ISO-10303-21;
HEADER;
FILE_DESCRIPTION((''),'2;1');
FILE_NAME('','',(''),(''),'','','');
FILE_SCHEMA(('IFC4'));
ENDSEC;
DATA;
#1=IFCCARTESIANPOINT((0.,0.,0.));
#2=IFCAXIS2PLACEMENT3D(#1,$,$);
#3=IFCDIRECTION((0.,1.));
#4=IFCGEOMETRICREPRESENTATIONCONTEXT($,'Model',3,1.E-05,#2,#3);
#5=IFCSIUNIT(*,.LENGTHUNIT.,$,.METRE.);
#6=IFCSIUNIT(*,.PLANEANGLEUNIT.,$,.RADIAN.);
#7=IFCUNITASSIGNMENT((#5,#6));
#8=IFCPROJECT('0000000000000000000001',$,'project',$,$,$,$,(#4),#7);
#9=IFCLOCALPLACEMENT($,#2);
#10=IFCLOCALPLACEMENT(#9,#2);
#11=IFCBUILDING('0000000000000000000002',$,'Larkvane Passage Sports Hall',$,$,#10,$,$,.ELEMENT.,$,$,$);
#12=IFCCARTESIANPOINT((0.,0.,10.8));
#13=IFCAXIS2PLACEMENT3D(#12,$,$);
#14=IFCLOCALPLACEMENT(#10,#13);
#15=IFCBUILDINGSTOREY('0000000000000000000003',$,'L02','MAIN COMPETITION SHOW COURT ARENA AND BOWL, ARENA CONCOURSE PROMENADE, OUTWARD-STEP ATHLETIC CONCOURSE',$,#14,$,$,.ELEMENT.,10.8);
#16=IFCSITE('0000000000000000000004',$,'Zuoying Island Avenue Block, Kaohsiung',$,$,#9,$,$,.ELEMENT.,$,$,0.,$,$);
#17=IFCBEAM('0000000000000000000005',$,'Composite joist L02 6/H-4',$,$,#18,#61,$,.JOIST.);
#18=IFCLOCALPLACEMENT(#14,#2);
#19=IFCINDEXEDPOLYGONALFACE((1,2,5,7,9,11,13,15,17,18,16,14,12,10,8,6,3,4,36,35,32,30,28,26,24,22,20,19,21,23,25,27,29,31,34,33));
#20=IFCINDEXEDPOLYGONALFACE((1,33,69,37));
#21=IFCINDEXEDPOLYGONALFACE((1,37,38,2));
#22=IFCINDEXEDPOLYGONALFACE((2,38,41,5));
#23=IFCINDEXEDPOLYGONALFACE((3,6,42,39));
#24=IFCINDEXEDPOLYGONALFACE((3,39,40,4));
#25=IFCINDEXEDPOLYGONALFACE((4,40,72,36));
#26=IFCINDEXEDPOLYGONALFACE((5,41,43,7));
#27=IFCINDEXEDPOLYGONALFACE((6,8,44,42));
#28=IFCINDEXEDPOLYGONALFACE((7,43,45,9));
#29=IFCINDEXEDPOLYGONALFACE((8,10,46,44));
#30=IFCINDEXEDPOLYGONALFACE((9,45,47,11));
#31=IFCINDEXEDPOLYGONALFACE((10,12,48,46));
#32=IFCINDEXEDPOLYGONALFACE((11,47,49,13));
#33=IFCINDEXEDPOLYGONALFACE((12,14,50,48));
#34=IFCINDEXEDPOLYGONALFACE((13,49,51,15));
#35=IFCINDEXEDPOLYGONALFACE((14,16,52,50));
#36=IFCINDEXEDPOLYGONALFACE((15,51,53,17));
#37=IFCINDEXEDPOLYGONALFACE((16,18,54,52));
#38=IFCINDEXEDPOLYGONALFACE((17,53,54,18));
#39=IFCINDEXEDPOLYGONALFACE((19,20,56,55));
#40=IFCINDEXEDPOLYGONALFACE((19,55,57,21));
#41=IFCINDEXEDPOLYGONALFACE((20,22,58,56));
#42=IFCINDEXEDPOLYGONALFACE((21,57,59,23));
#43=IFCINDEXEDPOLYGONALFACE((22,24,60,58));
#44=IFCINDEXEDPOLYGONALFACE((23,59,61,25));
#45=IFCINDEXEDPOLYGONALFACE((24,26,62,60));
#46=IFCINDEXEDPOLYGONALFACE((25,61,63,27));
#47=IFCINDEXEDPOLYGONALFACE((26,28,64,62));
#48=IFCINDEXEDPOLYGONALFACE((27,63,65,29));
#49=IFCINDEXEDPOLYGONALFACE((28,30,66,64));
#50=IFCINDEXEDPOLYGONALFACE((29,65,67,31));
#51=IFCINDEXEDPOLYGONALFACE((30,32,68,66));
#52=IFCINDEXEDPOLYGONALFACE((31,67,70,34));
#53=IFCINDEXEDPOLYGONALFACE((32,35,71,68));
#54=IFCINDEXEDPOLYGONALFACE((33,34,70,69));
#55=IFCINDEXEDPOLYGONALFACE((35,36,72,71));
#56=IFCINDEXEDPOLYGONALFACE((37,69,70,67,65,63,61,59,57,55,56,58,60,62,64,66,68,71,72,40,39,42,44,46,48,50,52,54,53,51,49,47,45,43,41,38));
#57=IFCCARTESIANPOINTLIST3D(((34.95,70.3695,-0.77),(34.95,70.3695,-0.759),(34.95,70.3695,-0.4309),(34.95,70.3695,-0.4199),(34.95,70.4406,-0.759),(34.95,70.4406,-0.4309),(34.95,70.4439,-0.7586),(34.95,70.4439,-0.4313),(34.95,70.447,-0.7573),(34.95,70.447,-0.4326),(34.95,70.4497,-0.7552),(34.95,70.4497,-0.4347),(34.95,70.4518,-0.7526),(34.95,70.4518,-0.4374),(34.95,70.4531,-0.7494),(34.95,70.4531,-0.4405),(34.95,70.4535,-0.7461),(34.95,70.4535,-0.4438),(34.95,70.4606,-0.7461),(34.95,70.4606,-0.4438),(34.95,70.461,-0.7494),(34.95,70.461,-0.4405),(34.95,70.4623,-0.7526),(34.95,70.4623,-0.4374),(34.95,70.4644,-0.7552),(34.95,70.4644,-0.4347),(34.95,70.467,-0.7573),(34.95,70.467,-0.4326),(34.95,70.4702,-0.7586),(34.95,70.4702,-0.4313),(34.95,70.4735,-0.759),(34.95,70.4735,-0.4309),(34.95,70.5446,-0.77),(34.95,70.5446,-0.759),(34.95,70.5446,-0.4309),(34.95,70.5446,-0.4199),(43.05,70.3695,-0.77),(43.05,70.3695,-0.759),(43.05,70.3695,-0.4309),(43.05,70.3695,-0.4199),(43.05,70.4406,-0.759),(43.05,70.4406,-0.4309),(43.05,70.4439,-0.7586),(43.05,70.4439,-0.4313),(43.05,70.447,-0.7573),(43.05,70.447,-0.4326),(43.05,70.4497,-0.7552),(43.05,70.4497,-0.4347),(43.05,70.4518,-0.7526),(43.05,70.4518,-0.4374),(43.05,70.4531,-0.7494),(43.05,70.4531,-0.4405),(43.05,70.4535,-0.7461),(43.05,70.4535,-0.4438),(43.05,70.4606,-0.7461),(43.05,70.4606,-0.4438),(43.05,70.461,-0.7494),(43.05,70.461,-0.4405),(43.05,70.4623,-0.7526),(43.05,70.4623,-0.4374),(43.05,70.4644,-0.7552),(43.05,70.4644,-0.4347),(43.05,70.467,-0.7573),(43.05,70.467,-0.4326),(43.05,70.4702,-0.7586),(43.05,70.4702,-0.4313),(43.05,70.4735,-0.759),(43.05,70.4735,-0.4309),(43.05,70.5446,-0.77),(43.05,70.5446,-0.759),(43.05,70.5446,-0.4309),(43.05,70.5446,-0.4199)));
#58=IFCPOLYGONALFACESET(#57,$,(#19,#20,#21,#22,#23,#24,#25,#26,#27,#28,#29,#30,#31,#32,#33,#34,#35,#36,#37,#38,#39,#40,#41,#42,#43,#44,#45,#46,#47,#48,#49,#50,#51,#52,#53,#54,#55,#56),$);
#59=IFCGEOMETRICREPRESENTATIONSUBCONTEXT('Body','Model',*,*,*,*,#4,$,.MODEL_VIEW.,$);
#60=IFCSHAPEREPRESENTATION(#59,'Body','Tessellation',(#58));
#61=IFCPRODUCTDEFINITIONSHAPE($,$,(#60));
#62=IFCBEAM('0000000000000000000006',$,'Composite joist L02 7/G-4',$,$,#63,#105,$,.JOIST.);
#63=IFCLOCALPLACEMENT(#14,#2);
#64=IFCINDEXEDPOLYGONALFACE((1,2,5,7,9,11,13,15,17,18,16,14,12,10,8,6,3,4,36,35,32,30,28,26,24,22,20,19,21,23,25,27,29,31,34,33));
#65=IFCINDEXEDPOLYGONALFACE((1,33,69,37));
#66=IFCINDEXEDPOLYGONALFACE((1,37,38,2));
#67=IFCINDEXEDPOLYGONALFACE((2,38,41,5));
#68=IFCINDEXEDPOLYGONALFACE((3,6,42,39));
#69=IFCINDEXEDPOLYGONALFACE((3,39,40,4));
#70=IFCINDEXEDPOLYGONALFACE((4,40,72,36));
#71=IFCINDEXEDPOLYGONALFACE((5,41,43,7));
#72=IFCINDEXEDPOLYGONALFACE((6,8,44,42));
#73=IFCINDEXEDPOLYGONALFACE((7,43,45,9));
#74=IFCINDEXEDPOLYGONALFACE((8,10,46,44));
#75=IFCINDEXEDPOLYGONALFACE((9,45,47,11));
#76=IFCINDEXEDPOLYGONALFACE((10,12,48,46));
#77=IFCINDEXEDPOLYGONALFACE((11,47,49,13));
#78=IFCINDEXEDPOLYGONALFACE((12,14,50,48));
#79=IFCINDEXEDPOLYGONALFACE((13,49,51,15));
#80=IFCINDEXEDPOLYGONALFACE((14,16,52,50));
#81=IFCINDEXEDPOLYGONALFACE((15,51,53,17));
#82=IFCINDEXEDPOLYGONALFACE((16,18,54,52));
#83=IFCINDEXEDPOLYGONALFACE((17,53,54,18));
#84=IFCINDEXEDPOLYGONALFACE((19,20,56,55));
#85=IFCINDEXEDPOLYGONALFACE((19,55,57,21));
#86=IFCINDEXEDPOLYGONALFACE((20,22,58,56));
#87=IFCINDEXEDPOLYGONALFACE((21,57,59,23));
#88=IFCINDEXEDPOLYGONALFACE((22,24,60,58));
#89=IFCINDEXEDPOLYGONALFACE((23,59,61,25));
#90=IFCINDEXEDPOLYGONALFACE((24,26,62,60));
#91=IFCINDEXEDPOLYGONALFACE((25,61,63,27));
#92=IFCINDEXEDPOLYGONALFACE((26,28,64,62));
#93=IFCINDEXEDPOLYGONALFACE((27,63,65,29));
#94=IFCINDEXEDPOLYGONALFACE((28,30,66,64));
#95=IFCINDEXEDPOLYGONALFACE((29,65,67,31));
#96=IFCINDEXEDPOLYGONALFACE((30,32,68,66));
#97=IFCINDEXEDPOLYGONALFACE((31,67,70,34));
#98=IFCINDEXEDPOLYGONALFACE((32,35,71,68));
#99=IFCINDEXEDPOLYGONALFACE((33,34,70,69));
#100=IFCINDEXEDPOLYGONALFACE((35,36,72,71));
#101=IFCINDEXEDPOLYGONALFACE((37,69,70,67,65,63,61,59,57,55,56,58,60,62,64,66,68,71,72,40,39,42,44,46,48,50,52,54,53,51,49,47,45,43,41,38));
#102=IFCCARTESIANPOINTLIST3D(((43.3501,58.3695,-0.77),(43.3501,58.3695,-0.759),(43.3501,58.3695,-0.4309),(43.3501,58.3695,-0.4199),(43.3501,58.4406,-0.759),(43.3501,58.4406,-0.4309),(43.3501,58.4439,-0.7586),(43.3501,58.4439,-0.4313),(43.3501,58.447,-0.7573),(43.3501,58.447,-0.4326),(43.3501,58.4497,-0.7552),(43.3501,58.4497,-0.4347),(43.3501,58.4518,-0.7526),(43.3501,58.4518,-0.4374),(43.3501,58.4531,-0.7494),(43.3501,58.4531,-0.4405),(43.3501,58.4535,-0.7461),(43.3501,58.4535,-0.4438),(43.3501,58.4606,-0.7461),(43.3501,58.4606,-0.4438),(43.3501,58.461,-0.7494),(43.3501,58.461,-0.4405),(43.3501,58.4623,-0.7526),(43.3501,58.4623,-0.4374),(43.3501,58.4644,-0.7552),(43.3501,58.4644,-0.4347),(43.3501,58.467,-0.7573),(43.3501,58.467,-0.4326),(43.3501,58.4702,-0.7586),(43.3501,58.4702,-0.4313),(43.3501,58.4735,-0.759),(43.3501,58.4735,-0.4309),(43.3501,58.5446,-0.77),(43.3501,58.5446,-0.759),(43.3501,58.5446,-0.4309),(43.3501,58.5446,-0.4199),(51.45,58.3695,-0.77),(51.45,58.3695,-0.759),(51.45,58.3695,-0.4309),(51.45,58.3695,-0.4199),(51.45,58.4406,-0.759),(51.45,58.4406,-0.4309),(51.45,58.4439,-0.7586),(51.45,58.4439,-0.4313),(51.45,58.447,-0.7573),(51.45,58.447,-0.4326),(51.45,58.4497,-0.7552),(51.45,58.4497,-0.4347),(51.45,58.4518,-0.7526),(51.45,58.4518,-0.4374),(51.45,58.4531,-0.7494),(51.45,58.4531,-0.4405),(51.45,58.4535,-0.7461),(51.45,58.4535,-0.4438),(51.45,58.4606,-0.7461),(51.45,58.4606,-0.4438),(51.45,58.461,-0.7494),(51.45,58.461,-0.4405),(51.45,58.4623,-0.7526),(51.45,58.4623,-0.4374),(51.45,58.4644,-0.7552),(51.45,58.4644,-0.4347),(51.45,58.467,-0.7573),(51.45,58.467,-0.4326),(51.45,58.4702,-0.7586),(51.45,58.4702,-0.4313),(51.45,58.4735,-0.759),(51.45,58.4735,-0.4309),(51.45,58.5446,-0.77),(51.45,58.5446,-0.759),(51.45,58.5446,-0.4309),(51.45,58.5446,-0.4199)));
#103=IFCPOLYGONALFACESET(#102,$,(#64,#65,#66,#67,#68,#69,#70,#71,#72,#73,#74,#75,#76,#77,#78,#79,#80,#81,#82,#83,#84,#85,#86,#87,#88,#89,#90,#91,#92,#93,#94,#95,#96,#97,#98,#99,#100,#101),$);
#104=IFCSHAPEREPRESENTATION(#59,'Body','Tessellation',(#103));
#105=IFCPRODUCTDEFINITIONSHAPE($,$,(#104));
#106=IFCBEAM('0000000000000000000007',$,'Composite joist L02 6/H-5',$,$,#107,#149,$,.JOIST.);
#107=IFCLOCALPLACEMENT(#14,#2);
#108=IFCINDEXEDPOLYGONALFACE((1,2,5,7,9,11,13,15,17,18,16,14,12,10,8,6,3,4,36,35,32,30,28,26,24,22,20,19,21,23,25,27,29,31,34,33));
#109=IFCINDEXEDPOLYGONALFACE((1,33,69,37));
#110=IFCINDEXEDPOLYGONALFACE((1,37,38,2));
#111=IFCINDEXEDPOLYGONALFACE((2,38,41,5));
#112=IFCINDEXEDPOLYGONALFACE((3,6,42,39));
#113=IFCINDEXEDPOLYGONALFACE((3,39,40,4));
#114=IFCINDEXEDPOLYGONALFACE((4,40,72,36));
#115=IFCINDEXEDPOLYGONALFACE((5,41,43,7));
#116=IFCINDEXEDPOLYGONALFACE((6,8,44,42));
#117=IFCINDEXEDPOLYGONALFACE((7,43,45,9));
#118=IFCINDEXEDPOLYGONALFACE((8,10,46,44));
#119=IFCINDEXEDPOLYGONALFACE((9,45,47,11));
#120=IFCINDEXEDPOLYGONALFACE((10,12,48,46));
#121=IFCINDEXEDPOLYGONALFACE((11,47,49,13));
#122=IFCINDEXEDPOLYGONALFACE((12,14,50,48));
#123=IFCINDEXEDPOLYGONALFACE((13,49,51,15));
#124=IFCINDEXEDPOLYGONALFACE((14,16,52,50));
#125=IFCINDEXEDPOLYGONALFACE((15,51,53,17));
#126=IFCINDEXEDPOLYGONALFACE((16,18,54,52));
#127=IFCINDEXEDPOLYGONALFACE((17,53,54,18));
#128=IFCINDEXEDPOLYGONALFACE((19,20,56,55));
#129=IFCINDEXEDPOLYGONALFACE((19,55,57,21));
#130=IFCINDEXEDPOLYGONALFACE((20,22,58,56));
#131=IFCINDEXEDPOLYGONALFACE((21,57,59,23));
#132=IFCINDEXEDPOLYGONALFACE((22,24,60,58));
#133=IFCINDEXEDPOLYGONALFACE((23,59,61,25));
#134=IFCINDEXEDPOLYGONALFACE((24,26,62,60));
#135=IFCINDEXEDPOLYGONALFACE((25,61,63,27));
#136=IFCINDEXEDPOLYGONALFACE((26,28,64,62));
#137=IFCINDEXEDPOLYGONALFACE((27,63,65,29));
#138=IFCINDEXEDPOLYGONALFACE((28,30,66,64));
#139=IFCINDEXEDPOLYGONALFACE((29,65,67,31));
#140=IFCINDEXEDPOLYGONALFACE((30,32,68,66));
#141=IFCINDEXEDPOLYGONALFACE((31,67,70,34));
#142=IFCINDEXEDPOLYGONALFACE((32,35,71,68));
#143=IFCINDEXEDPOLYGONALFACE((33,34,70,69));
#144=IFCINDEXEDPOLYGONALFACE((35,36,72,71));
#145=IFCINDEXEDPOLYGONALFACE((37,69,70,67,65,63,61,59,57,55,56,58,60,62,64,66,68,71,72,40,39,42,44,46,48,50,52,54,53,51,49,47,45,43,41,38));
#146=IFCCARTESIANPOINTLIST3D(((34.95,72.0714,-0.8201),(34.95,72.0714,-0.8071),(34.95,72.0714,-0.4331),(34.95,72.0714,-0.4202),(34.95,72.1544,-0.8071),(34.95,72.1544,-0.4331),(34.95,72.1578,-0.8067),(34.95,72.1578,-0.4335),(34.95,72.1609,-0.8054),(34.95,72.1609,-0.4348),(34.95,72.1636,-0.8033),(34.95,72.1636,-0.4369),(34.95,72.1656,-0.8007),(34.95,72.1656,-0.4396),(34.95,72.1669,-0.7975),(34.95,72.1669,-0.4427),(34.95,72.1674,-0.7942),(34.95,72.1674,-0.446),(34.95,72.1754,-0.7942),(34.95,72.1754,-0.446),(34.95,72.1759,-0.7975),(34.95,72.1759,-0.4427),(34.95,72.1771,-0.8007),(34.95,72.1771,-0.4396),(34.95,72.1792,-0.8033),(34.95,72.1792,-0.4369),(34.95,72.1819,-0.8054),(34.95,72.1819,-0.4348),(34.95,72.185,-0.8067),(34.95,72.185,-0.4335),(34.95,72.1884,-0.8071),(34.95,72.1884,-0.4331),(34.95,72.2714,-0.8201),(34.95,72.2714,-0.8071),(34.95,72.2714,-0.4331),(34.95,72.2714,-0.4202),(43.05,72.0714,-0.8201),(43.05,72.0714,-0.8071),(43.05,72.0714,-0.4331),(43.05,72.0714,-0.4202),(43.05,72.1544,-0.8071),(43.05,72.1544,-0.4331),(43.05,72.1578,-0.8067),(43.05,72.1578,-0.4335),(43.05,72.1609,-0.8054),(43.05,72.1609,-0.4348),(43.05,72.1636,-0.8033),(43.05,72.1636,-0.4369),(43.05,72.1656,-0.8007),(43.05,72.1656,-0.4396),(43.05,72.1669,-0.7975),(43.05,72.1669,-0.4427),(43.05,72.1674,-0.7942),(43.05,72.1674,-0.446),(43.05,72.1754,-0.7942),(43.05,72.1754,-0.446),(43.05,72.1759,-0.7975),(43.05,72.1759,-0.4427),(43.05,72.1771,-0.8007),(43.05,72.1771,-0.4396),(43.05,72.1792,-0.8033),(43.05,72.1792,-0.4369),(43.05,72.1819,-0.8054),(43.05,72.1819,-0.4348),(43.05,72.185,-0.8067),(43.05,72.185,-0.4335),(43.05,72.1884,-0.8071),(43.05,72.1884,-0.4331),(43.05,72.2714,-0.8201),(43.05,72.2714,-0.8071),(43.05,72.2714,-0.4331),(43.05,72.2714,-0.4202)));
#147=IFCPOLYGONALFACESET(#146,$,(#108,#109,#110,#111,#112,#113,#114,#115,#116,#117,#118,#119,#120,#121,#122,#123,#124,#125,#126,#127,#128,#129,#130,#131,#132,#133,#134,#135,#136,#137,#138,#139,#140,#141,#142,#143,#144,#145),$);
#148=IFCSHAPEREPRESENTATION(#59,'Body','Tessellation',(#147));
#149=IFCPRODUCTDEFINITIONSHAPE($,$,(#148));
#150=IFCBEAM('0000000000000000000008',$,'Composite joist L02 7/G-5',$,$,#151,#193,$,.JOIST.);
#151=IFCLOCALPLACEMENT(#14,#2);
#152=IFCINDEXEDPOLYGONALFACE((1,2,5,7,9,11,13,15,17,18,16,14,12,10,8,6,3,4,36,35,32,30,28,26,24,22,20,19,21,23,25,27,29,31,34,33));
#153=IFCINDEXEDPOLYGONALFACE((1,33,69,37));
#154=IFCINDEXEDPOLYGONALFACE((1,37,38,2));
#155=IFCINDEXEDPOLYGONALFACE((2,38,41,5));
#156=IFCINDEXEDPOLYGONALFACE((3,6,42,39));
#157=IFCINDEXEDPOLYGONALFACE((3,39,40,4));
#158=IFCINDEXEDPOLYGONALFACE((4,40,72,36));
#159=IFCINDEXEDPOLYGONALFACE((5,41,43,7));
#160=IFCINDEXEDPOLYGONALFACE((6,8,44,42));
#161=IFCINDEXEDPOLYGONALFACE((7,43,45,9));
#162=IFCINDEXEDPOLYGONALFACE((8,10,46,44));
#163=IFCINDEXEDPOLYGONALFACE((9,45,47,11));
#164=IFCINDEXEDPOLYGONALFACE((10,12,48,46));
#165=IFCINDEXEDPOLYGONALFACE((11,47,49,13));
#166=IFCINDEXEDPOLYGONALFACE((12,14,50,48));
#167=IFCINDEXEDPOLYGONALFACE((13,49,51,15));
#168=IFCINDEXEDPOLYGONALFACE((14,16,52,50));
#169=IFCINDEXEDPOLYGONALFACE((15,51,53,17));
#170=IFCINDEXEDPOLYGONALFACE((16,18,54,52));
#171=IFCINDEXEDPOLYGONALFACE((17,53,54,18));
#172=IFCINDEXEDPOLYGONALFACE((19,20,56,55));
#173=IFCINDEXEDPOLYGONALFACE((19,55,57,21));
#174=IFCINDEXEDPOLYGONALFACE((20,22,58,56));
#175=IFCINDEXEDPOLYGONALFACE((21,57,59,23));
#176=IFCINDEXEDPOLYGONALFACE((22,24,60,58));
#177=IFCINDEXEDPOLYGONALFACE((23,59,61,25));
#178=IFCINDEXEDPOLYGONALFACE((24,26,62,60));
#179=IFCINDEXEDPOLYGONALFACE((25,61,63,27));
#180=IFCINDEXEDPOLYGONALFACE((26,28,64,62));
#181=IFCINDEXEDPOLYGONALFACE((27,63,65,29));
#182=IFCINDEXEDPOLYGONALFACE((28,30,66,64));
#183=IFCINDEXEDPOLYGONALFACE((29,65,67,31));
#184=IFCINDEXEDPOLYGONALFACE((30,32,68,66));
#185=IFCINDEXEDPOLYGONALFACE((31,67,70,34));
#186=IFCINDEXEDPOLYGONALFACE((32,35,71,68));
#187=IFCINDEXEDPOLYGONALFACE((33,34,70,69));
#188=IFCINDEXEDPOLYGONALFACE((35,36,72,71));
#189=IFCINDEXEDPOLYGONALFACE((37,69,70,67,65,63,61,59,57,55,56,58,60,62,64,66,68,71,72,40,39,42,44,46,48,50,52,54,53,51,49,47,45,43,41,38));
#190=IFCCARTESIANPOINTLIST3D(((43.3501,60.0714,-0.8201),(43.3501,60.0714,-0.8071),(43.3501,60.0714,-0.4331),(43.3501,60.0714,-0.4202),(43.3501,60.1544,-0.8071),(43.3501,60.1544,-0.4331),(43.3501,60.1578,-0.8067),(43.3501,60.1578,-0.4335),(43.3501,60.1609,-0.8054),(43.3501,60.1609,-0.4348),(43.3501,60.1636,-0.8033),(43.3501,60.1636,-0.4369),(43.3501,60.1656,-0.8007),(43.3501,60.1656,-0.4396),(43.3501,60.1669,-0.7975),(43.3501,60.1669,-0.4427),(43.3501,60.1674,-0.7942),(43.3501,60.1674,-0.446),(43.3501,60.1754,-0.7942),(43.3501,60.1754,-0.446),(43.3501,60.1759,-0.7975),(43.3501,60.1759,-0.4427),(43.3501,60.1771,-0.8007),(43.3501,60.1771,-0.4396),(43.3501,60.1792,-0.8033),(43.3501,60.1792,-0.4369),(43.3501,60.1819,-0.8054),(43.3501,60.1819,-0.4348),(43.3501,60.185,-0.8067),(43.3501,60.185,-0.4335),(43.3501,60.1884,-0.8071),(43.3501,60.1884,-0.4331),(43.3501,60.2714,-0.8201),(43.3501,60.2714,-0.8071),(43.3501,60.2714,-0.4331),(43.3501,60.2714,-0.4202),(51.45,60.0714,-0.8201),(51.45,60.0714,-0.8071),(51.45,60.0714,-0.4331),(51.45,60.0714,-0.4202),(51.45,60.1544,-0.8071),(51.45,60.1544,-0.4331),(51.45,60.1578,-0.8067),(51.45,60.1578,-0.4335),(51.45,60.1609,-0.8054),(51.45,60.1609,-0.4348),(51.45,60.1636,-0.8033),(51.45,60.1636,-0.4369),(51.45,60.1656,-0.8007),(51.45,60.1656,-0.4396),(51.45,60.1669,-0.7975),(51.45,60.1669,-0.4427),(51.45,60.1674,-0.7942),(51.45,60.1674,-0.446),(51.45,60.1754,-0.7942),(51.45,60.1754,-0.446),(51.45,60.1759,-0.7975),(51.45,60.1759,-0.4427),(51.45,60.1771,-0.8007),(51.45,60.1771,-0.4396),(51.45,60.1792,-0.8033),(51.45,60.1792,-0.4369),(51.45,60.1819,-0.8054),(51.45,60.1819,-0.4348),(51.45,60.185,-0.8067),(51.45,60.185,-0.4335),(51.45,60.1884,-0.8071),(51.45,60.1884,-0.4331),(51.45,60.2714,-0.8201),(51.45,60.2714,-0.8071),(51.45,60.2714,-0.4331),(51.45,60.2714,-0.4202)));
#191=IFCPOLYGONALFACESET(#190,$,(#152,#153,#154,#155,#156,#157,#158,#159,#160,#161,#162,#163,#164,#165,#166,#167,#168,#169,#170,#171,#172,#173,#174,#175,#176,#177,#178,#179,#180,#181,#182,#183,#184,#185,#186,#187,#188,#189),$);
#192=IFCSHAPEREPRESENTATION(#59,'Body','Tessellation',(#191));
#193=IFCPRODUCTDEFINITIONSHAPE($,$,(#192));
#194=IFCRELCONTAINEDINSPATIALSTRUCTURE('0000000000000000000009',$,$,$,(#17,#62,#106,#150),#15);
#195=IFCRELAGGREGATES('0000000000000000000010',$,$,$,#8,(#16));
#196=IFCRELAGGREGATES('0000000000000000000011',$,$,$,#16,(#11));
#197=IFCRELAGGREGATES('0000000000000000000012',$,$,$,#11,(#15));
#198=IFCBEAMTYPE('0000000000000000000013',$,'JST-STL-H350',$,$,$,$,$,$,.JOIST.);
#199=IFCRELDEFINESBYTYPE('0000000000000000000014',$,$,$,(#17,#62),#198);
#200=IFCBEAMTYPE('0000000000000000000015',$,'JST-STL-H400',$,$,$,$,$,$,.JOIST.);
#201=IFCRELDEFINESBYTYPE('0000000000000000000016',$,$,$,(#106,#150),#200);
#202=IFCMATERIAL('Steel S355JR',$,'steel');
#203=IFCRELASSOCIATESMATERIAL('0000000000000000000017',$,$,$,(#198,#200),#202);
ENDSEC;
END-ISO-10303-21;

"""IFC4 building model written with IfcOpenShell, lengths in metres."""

from ifc_helpers import new_model, si_unit, direction, frame, origin, origin_2d, place, context, subcontext, project, spatial, i_section, extrude, material, material_profile, profile_set, type_object, element, save


model = new_model("IFC4")

# Units and contexts
model_context = context("Model", 3, precision=1e-05, world=origin(), true_north=direction((0.0, 1.0)))
body_context = subcontext(model_context, "Body", "Model", "MODEL_VIEW")
ifc_project = project(units=[si_unit("LENGTHUNIT", "METRE"), si_unit("PLANEANGLEUNIT", "RADIAN")], contexts=[model_context])

# Site, building, storey
site_placement = place(None, origin())
site = spatial("IfcSite", under=ifc_project, at=site_placement, Name="Zuoying Island Avenue Block, Kaohsiung", CompositionType="ELEMENT", RefElevation=0.0)
building_placement = place(site_placement, origin())
building = spatial("IfcBuilding", under=site, at=building_placement, Name="Larkvane Passage Sports Hall", CompositionType="ELEMENT")
storey_placement = place(building_placement, frame((0.0, 0.0, 10.8)))
storey = spatial("IfcBuildingStorey", under=building, at=storey_placement, Name="L02", Description="MAIN COMPETITION SHOW COURT ARENA AND BOWL, ARENA CONCOURSE PROMENADE, OUTWARD-STEP ATHLETIC CONCOURSE", CompositionType="ELEMENT", Elevation=10.8)

# Beams
ifc_material_1 = material(Name="Steel S355JR", Category="steel")
ifc_material_profile_1 = material_profile(ifc_material_1, i_section(OverallWidth=0.175, OverallDepth=0.3501, WebThickness=0.0071, FlangeThickness=0.011, FilletRadius=0.0129, at=origin_2d()), Name="H-350x175x7x11")
ifc_profile_set_1 = profile_set([ifc_material_profile_1], Name="Steel S355JR")
beam_type_1 = type_object("IfcBeamType", Name="JST-STL-H350", PredefinedType="JOIST", material=ifc_profile_set_1)
beam_1_placement = place(storey_placement, frame((34.95, 70.457, -0.595), z_axis=(1.0, 0.0, 0.0), x_axis=(0.0, 1.0, 0.0)))
element("IfcBeam", 1, at=beam_1_placement, inside=storey, type_object=beam_type_1, Name="Composite joist L02 6/H-4", PredefinedType="JOIST", context=body_context, shape_type="SweptSolid", body=[
    extrude(i_section(OverallWidth=0.175, OverallDepth=0.3501, WebThickness=0.0071, FlangeThickness=0.011, FilletRadius=0.0129, at=origin_2d()), origin(), (0.0, 0.0, 1.0), 8.1001),
])
beam_2_placement = place(storey_placement, frame((43.3501, 58.457, -0.595), z_axis=(1.0, 0.0, 0.0), x_axis=(0.0, 1.0, 0.0)))
element("IfcBeam", 2, at=beam_2_placement, inside=storey, type_object=beam_type_1, Name="Composite joist L02 7/G-4", PredefinedType="JOIST", context=body_context, shape_type="SweptSolid", body=[
    extrude(i_section(OverallWidth=0.175, OverallDepth=0.3501, WebThickness=0.0071, FlangeThickness=0.011, FilletRadius=0.0129, at=origin_2d()), origin(), (0.0, 0.0, 1.0), 8.0999),
])
ifc_material_profile_2 = material_profile(ifc_material_1, i_section(OverallWidth=0.2, OverallDepth=0.3999, WebThickness=0.0081, FlangeThickness=0.0129, FilletRadius=0.0129, at=origin_2d()), Name="H-400x200x8x13")
ifc_profile_set_2 = profile_set([ifc_material_profile_2], Name="Steel S355JR")
beam_type_2 = type_object("IfcBeamType", Name="JST-STL-H400", PredefinedType="JOIST", material=ifc_profile_set_2)
beam_3_placement = place(storey_placement, frame((34.95, 72.1714, -0.6201), z_axis=(1.0, 0.0, 0.0), x_axis=(0.0, 1.0, 0.0)))
element("IfcBeam", 3, at=beam_3_placement, inside=storey, type_object=beam_type_2, Name="Composite joist L02 6/H-5", PredefinedType="JOIST", context=body_context, shape_type="SweptSolid", body=[
    extrude(i_section(OverallWidth=0.2, OverallDepth=0.3999, WebThickness=0.0081, FlangeThickness=0.0129, FilletRadius=0.0129, at=origin_2d()), origin(), (0.0, 0.0, 1.0), 8.1001),
])
beam_4_placement = place(storey_placement, frame((43.3501, 60.1714, -0.6201), z_axis=(1.0, 0.0, 0.0), x_axis=(0.0, 1.0, 0.0)))
element("IfcBeam", 4, at=beam_4_placement, inside=storey, type_object=beam_type_2, Name="Composite joist L02 7/G-5", PredefinedType="JOIST", context=body_context, shape_type="SweptSolid", body=[
    extrude(i_section(OverallWidth=0.2, OverallDepth=0.3999, WebThickness=0.0081, FlangeThickness=0.0129, FilletRadius=0.0129, at=origin_2d()), origin(), (0.0, 0.0, 1.0), 8.0999),
])

save(model, "model.ifc")
